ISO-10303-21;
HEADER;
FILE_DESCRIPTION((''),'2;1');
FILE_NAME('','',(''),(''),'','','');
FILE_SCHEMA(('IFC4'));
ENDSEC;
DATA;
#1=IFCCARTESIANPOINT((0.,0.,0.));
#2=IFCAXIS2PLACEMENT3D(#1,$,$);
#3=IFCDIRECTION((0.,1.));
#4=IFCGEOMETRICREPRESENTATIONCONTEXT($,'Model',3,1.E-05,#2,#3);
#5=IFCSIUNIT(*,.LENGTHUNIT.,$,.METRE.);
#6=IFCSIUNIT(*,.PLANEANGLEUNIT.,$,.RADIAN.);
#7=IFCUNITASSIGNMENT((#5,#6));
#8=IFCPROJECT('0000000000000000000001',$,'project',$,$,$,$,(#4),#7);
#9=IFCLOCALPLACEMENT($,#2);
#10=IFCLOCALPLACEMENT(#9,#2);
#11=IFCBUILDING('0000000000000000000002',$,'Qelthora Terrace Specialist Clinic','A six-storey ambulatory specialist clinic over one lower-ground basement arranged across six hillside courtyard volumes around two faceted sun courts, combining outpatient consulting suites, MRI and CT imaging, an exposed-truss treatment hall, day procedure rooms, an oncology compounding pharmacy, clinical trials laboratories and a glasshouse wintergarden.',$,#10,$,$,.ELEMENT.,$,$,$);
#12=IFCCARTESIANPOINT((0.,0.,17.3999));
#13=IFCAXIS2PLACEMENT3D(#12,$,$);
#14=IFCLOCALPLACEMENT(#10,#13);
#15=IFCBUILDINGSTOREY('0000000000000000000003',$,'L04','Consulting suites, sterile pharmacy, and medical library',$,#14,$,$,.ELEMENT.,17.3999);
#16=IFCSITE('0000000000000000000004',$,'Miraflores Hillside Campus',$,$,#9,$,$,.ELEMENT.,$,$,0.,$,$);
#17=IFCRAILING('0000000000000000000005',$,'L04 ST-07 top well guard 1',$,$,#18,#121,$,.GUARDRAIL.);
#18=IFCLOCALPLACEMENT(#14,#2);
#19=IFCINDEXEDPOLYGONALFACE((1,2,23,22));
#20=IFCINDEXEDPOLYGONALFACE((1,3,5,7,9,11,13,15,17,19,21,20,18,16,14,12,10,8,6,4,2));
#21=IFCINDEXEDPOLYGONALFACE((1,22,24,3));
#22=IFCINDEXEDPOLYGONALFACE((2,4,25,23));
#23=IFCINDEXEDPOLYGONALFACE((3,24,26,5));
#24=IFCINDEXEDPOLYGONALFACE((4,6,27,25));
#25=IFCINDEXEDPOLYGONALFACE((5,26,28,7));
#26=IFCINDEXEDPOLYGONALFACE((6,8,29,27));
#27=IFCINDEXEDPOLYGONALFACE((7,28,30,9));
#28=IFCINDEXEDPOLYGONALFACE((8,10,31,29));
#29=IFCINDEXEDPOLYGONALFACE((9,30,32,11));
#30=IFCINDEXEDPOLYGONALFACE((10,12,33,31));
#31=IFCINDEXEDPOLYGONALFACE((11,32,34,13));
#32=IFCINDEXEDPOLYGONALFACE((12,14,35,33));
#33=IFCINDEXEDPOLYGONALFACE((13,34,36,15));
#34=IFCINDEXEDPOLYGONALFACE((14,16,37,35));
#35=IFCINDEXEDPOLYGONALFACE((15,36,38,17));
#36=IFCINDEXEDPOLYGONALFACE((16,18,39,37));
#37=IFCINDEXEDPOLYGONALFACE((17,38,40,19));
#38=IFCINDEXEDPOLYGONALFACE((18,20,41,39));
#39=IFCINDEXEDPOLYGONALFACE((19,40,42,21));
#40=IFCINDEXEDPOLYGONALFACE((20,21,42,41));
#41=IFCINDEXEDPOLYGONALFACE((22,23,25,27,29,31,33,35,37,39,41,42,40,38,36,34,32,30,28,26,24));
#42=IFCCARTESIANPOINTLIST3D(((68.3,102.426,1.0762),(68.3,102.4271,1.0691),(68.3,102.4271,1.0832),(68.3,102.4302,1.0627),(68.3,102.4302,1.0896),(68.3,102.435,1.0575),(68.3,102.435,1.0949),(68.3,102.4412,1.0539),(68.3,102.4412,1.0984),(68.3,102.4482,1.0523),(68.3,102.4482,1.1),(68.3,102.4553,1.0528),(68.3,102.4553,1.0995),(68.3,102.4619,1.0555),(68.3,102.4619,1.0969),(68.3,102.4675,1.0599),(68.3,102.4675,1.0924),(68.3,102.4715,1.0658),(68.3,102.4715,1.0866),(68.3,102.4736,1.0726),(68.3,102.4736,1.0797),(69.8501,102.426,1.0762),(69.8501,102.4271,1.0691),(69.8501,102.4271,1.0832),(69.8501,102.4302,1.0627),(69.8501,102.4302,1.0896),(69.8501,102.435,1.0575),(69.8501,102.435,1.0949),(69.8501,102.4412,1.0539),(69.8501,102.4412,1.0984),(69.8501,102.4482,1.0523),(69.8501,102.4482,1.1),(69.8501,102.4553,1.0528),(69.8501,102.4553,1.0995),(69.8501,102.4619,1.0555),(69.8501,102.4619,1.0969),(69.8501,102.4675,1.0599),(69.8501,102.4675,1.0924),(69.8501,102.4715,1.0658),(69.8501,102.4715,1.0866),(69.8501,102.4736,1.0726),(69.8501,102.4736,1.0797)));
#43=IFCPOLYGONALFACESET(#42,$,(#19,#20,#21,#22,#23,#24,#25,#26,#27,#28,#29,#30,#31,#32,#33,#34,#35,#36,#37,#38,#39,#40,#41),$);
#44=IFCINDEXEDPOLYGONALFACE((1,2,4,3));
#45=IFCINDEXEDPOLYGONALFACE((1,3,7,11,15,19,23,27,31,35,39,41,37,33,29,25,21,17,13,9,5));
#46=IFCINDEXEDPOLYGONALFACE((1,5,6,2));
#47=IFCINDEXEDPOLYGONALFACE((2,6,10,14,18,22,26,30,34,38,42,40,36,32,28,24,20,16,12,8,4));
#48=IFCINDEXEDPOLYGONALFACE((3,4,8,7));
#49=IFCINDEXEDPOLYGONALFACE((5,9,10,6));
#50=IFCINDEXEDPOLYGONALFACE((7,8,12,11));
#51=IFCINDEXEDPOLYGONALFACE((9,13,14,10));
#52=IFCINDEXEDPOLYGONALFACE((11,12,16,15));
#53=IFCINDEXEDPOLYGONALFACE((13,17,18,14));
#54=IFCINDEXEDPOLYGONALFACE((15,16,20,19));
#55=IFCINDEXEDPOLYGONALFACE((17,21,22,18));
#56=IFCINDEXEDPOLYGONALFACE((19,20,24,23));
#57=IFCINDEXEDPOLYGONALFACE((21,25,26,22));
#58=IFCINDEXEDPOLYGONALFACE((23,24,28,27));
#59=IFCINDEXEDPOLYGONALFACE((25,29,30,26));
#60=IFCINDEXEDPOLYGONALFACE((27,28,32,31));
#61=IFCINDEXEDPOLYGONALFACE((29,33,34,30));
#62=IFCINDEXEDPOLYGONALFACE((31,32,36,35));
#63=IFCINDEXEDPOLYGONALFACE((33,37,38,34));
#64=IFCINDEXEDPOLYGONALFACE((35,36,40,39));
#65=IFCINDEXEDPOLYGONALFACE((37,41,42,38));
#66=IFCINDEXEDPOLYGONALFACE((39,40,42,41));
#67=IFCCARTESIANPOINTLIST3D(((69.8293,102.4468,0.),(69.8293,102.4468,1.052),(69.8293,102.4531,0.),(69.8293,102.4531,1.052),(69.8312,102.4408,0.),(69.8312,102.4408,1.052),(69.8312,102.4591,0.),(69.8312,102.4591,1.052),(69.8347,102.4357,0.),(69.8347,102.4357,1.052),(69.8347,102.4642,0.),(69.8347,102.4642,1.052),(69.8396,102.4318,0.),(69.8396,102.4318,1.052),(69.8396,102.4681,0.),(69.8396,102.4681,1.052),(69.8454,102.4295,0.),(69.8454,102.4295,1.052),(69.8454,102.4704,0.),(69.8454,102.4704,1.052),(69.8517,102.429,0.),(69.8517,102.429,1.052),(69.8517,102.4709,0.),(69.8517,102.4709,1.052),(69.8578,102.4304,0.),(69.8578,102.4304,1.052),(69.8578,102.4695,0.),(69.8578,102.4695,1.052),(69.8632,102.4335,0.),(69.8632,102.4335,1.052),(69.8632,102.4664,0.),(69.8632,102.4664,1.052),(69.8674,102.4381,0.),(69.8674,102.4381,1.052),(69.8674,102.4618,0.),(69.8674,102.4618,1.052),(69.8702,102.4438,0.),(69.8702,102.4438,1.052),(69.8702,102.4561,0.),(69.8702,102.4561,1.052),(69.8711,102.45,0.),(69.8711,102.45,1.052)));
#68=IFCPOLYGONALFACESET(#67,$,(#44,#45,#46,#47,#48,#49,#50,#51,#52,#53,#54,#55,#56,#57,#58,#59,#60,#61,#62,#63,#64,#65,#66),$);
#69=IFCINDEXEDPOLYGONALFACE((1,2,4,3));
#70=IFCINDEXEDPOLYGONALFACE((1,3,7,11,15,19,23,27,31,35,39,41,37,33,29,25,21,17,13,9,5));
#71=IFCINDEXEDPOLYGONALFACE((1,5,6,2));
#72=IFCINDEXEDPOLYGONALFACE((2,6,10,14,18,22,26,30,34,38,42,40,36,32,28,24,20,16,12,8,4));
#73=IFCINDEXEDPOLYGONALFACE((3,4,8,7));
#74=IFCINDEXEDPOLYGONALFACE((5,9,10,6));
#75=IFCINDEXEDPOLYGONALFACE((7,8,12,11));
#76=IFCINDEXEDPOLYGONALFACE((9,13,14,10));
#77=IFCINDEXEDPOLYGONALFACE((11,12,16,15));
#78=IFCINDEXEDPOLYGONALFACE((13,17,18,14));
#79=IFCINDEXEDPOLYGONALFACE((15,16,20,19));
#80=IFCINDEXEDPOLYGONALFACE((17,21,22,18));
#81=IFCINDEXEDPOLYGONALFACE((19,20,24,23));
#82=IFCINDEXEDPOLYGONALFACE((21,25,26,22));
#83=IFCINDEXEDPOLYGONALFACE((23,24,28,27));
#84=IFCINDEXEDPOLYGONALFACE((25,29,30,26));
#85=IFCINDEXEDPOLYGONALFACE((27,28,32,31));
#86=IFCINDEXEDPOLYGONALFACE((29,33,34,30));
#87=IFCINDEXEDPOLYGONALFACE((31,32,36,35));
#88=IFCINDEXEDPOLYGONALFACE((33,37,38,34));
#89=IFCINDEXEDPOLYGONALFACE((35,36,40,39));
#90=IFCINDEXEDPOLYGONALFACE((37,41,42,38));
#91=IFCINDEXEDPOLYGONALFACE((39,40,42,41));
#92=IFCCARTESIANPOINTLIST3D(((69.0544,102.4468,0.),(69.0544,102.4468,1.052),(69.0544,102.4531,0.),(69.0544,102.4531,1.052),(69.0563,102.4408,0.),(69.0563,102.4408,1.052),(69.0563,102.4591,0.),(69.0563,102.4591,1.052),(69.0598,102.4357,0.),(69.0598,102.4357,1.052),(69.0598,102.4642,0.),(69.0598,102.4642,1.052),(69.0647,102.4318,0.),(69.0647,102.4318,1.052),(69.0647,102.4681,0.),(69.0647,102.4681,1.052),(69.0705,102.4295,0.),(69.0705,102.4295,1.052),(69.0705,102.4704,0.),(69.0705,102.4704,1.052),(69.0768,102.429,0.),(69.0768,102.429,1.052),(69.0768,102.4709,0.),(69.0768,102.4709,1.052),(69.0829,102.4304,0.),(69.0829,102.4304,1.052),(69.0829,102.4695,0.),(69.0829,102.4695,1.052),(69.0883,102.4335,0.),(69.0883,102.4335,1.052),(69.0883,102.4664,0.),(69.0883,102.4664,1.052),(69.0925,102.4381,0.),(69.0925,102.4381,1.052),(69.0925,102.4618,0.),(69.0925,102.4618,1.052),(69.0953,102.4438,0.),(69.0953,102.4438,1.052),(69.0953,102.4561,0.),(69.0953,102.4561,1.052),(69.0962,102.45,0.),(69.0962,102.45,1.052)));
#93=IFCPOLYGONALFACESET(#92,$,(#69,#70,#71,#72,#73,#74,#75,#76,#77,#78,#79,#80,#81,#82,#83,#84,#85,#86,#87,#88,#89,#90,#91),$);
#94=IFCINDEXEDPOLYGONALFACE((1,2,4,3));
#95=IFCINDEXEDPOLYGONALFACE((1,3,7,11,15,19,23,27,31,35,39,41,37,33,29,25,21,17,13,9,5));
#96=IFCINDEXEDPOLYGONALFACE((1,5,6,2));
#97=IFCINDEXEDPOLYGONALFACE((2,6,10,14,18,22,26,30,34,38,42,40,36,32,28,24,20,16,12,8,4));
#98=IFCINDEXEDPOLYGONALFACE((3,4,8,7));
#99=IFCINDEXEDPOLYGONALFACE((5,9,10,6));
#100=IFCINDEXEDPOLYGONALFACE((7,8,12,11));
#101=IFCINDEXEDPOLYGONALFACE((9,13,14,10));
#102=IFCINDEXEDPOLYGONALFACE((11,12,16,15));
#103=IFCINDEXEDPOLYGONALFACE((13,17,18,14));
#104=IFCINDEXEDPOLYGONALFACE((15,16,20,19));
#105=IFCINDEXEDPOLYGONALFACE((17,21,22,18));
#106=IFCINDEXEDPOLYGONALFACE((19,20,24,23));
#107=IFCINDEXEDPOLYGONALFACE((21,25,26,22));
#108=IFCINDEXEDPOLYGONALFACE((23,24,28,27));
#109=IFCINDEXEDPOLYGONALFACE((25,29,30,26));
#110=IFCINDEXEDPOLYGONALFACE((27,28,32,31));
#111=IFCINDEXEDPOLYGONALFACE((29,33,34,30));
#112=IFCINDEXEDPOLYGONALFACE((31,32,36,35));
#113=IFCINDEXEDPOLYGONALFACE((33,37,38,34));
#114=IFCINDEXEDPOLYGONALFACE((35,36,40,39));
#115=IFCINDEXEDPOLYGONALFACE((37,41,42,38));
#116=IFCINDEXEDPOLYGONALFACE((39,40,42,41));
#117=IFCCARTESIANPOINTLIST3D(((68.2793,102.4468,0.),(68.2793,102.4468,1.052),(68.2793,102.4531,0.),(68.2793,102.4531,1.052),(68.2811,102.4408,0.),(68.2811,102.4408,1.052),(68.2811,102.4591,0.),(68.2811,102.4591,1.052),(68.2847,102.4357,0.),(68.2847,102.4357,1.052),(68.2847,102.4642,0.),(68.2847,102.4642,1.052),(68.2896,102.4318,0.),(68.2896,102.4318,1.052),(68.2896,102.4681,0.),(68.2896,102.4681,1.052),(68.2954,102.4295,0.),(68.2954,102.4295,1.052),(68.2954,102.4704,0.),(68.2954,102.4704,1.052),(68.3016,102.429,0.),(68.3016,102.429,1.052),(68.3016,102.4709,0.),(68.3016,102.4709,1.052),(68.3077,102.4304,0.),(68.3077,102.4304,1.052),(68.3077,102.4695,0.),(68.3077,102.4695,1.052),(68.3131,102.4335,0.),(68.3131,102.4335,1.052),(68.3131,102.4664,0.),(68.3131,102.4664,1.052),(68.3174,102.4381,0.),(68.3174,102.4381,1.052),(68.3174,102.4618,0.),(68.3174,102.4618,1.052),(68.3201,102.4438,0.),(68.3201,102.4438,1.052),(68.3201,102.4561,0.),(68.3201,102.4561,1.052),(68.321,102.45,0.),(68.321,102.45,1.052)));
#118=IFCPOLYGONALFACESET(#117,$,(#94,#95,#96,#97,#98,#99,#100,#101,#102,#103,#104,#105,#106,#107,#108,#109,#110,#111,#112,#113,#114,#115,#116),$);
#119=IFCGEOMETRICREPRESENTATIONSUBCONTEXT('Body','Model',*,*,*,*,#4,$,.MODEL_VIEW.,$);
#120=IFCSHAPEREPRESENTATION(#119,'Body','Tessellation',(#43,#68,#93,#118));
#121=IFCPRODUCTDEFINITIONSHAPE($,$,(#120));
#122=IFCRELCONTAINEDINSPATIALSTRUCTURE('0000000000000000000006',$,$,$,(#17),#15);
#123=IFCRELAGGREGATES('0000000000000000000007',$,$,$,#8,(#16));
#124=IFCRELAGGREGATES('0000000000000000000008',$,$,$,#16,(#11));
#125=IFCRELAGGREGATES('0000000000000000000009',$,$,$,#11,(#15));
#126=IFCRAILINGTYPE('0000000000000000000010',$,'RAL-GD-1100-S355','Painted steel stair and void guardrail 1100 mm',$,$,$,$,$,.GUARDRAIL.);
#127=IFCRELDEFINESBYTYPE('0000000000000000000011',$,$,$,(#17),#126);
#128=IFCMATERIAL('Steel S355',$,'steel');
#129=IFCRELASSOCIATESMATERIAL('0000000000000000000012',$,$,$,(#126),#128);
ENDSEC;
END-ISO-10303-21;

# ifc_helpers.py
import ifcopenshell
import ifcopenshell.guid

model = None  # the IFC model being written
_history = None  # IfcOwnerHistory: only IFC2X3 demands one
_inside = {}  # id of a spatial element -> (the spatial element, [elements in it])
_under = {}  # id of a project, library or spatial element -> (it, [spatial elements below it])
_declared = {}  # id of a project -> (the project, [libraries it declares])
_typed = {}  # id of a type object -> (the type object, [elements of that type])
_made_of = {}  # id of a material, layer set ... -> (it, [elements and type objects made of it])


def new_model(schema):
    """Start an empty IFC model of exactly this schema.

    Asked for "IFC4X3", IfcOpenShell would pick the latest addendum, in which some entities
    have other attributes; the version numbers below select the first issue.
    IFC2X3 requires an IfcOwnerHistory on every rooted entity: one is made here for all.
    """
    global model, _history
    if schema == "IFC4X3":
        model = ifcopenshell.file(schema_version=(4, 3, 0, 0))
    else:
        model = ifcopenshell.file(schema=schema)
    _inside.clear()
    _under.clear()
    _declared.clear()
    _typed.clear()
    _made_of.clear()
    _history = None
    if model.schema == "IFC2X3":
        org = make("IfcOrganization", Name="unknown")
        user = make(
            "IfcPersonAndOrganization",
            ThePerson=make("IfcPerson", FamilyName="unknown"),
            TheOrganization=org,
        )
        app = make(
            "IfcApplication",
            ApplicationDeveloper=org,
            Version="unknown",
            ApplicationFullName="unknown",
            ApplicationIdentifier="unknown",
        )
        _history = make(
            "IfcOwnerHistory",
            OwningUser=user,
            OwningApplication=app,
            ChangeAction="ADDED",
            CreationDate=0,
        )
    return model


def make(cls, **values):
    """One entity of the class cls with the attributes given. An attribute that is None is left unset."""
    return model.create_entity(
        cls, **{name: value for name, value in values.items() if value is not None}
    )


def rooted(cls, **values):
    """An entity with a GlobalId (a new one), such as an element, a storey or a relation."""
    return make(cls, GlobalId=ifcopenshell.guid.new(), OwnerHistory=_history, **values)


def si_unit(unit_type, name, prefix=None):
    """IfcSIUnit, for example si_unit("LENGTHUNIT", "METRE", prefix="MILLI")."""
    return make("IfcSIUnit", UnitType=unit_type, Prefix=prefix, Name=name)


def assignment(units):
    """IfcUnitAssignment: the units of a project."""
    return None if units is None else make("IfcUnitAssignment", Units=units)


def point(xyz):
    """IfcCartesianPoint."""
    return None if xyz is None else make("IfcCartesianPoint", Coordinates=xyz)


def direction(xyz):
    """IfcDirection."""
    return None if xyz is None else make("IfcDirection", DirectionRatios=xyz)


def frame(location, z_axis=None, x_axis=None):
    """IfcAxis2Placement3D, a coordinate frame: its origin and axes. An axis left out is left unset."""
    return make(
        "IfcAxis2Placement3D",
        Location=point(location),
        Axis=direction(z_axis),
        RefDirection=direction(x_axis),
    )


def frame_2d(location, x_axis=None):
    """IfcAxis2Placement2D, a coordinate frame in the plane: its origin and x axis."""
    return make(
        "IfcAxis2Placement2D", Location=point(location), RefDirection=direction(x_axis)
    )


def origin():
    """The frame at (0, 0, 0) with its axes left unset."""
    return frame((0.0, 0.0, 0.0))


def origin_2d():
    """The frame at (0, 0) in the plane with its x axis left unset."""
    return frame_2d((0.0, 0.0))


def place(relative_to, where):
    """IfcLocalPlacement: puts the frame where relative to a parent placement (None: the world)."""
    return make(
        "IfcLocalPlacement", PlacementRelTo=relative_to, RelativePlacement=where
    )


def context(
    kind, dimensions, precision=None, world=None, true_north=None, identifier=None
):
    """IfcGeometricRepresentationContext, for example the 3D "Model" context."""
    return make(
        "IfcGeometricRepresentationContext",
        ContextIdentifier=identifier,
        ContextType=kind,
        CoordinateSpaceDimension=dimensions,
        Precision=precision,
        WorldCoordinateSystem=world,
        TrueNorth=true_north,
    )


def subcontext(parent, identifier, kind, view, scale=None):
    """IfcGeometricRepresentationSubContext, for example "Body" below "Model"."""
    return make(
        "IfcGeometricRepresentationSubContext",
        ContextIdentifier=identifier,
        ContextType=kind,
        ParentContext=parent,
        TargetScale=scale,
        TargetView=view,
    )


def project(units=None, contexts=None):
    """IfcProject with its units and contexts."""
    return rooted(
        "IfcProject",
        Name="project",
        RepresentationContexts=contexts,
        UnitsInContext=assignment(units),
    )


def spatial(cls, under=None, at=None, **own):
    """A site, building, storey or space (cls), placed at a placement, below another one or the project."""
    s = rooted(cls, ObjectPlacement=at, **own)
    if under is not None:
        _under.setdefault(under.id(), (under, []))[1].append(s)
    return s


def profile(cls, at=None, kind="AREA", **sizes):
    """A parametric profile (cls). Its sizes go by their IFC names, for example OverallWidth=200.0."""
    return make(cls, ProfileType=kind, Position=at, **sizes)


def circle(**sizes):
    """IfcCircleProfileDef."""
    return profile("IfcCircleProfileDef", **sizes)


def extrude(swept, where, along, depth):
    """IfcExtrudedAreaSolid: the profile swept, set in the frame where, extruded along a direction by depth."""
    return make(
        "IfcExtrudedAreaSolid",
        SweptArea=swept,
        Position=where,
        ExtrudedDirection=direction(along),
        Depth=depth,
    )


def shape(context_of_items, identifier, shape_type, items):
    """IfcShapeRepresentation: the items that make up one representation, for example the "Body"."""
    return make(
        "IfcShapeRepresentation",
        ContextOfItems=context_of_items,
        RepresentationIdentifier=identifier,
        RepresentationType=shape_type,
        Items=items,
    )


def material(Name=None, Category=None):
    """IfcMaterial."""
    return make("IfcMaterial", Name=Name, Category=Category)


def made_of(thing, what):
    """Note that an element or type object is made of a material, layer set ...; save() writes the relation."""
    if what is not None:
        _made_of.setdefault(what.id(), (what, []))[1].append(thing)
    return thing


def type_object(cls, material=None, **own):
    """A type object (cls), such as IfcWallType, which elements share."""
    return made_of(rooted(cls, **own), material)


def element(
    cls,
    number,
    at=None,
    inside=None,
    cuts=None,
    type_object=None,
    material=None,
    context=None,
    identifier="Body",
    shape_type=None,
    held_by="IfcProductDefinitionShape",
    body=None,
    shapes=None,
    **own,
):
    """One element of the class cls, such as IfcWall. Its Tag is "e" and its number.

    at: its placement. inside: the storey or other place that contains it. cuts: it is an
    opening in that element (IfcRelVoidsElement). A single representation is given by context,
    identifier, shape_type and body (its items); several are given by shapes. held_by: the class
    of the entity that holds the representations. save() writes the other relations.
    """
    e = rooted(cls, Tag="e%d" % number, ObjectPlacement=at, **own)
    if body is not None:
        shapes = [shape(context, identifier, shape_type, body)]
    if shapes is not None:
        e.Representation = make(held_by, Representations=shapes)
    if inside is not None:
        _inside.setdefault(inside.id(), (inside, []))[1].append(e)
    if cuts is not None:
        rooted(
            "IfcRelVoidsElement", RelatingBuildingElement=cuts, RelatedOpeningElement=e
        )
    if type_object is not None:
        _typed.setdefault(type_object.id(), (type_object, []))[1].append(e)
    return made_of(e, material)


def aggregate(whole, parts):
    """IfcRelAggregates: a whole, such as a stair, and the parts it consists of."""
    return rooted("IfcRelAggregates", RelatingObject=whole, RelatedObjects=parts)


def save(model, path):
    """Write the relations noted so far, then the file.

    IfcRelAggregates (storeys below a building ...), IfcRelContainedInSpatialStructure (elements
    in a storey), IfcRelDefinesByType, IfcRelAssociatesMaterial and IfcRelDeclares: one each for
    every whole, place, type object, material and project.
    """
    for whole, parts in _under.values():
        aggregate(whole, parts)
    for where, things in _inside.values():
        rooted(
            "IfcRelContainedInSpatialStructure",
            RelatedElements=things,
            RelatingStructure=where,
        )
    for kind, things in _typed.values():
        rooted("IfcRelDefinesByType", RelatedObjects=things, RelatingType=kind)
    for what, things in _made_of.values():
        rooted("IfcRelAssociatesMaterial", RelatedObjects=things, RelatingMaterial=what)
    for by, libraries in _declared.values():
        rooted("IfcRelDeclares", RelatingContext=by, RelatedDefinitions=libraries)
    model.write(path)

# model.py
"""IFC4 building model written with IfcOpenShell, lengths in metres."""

from ifc_helpers import new_model, si_unit, direction, frame, origin, origin_2d, place, context, subcontext, project, spatial, circle, extrude, material, type_object, element, save


model = new_model("IFC4")

# Units and contexts
model_context = context("Model", 3, precision=1e-05, world=origin(), true_north=direction((0.0, 1.0)))
body_context = subcontext(model_context, "Body", "Model", "MODEL_VIEW")
ifc_project = project(units=[si_unit("LENGTHUNIT", "METRE"), si_unit("PLANEANGLEUNIT", "RADIAN")], contexts=[model_context])

# Site, building, storey
site_placement = place(None, origin())
site = spatial("IfcSite", under=ifc_project, at=site_placement, Name="Miraflores Hillside Campus", CompositionType="ELEMENT", RefElevation=0.0)
building_placement = place(site_placement, origin())
building = spatial("IfcBuilding", under=site, at=building_placement, Name="Qelthora Terrace Specialist Clinic", Description="A six-storey ambulatory specialist clinic over one lower-ground basement arranged across six hillside courtyard volumes around two faceted sun courts, combining outpatient consulting suites, MRI and CT imaging, an exposed-truss treatment hall, day procedure rooms, an oncology compounding pharmacy, clinical trials laboratories and a glasshouse wintergarden.", CompositionType="ELEMENT")
storey_placement = place(building_placement, frame((0.0, 0.0, 17.3999)))
storey = spatial("IfcBuildingStorey", under=building, at=storey_placement, Name="L04", Description="Consulting suites, sterile pharmacy, and medical library", CompositionType="ELEMENT", Elevation=17.3999)

# Shared definitions
ifc_material_1 = material(Name="Steel S355", Category="steel")

# Railing
railing_type = type_object("IfcRailingType", Name="RAL-GD-1100-S355", Description="Painted steel stair and void guardrail 1100 mm", PredefinedType="GUARDRAIL", material=ifc_material_1)
railing_placement = place(storey_placement, frame((69.8501, 102.45, 0.0)))
element("IfcRailing", 1, at=railing_placement, inside=storey, type_object=railing_type, Name="L04 ST-07 top well guard 1", PredefinedType="GUARDRAIL", context=body_context, shape_type="SweptSolid", body=[
    extrude(circle(Radius=0.0239, at=origin_2d()), frame((0.0, 0.0, 1.0762), z_axis=(-1.0, 0.0, 0.0), x_axis=(0.0, -1.0, 0.0)), (0.0, 0.0, 1.0), 1.55),
    extrude(circle(Radius=0.021, at=origin_2d()), origin(), (0.0, 0.0, 1.0), 1.052),
    extrude(circle(Radius=0.021, at=origin_2d()), frame((-0.7749, 0.0, 0.0)), (0.0, 0.0, 1.0), 1.052),
    extrude(circle(Radius=0.021, at=origin_2d()), frame((-1.55, 0.0, 0.0)), (0.0, 0.0, 1.0), 1.052),
])

save(model, "model.ifc")
